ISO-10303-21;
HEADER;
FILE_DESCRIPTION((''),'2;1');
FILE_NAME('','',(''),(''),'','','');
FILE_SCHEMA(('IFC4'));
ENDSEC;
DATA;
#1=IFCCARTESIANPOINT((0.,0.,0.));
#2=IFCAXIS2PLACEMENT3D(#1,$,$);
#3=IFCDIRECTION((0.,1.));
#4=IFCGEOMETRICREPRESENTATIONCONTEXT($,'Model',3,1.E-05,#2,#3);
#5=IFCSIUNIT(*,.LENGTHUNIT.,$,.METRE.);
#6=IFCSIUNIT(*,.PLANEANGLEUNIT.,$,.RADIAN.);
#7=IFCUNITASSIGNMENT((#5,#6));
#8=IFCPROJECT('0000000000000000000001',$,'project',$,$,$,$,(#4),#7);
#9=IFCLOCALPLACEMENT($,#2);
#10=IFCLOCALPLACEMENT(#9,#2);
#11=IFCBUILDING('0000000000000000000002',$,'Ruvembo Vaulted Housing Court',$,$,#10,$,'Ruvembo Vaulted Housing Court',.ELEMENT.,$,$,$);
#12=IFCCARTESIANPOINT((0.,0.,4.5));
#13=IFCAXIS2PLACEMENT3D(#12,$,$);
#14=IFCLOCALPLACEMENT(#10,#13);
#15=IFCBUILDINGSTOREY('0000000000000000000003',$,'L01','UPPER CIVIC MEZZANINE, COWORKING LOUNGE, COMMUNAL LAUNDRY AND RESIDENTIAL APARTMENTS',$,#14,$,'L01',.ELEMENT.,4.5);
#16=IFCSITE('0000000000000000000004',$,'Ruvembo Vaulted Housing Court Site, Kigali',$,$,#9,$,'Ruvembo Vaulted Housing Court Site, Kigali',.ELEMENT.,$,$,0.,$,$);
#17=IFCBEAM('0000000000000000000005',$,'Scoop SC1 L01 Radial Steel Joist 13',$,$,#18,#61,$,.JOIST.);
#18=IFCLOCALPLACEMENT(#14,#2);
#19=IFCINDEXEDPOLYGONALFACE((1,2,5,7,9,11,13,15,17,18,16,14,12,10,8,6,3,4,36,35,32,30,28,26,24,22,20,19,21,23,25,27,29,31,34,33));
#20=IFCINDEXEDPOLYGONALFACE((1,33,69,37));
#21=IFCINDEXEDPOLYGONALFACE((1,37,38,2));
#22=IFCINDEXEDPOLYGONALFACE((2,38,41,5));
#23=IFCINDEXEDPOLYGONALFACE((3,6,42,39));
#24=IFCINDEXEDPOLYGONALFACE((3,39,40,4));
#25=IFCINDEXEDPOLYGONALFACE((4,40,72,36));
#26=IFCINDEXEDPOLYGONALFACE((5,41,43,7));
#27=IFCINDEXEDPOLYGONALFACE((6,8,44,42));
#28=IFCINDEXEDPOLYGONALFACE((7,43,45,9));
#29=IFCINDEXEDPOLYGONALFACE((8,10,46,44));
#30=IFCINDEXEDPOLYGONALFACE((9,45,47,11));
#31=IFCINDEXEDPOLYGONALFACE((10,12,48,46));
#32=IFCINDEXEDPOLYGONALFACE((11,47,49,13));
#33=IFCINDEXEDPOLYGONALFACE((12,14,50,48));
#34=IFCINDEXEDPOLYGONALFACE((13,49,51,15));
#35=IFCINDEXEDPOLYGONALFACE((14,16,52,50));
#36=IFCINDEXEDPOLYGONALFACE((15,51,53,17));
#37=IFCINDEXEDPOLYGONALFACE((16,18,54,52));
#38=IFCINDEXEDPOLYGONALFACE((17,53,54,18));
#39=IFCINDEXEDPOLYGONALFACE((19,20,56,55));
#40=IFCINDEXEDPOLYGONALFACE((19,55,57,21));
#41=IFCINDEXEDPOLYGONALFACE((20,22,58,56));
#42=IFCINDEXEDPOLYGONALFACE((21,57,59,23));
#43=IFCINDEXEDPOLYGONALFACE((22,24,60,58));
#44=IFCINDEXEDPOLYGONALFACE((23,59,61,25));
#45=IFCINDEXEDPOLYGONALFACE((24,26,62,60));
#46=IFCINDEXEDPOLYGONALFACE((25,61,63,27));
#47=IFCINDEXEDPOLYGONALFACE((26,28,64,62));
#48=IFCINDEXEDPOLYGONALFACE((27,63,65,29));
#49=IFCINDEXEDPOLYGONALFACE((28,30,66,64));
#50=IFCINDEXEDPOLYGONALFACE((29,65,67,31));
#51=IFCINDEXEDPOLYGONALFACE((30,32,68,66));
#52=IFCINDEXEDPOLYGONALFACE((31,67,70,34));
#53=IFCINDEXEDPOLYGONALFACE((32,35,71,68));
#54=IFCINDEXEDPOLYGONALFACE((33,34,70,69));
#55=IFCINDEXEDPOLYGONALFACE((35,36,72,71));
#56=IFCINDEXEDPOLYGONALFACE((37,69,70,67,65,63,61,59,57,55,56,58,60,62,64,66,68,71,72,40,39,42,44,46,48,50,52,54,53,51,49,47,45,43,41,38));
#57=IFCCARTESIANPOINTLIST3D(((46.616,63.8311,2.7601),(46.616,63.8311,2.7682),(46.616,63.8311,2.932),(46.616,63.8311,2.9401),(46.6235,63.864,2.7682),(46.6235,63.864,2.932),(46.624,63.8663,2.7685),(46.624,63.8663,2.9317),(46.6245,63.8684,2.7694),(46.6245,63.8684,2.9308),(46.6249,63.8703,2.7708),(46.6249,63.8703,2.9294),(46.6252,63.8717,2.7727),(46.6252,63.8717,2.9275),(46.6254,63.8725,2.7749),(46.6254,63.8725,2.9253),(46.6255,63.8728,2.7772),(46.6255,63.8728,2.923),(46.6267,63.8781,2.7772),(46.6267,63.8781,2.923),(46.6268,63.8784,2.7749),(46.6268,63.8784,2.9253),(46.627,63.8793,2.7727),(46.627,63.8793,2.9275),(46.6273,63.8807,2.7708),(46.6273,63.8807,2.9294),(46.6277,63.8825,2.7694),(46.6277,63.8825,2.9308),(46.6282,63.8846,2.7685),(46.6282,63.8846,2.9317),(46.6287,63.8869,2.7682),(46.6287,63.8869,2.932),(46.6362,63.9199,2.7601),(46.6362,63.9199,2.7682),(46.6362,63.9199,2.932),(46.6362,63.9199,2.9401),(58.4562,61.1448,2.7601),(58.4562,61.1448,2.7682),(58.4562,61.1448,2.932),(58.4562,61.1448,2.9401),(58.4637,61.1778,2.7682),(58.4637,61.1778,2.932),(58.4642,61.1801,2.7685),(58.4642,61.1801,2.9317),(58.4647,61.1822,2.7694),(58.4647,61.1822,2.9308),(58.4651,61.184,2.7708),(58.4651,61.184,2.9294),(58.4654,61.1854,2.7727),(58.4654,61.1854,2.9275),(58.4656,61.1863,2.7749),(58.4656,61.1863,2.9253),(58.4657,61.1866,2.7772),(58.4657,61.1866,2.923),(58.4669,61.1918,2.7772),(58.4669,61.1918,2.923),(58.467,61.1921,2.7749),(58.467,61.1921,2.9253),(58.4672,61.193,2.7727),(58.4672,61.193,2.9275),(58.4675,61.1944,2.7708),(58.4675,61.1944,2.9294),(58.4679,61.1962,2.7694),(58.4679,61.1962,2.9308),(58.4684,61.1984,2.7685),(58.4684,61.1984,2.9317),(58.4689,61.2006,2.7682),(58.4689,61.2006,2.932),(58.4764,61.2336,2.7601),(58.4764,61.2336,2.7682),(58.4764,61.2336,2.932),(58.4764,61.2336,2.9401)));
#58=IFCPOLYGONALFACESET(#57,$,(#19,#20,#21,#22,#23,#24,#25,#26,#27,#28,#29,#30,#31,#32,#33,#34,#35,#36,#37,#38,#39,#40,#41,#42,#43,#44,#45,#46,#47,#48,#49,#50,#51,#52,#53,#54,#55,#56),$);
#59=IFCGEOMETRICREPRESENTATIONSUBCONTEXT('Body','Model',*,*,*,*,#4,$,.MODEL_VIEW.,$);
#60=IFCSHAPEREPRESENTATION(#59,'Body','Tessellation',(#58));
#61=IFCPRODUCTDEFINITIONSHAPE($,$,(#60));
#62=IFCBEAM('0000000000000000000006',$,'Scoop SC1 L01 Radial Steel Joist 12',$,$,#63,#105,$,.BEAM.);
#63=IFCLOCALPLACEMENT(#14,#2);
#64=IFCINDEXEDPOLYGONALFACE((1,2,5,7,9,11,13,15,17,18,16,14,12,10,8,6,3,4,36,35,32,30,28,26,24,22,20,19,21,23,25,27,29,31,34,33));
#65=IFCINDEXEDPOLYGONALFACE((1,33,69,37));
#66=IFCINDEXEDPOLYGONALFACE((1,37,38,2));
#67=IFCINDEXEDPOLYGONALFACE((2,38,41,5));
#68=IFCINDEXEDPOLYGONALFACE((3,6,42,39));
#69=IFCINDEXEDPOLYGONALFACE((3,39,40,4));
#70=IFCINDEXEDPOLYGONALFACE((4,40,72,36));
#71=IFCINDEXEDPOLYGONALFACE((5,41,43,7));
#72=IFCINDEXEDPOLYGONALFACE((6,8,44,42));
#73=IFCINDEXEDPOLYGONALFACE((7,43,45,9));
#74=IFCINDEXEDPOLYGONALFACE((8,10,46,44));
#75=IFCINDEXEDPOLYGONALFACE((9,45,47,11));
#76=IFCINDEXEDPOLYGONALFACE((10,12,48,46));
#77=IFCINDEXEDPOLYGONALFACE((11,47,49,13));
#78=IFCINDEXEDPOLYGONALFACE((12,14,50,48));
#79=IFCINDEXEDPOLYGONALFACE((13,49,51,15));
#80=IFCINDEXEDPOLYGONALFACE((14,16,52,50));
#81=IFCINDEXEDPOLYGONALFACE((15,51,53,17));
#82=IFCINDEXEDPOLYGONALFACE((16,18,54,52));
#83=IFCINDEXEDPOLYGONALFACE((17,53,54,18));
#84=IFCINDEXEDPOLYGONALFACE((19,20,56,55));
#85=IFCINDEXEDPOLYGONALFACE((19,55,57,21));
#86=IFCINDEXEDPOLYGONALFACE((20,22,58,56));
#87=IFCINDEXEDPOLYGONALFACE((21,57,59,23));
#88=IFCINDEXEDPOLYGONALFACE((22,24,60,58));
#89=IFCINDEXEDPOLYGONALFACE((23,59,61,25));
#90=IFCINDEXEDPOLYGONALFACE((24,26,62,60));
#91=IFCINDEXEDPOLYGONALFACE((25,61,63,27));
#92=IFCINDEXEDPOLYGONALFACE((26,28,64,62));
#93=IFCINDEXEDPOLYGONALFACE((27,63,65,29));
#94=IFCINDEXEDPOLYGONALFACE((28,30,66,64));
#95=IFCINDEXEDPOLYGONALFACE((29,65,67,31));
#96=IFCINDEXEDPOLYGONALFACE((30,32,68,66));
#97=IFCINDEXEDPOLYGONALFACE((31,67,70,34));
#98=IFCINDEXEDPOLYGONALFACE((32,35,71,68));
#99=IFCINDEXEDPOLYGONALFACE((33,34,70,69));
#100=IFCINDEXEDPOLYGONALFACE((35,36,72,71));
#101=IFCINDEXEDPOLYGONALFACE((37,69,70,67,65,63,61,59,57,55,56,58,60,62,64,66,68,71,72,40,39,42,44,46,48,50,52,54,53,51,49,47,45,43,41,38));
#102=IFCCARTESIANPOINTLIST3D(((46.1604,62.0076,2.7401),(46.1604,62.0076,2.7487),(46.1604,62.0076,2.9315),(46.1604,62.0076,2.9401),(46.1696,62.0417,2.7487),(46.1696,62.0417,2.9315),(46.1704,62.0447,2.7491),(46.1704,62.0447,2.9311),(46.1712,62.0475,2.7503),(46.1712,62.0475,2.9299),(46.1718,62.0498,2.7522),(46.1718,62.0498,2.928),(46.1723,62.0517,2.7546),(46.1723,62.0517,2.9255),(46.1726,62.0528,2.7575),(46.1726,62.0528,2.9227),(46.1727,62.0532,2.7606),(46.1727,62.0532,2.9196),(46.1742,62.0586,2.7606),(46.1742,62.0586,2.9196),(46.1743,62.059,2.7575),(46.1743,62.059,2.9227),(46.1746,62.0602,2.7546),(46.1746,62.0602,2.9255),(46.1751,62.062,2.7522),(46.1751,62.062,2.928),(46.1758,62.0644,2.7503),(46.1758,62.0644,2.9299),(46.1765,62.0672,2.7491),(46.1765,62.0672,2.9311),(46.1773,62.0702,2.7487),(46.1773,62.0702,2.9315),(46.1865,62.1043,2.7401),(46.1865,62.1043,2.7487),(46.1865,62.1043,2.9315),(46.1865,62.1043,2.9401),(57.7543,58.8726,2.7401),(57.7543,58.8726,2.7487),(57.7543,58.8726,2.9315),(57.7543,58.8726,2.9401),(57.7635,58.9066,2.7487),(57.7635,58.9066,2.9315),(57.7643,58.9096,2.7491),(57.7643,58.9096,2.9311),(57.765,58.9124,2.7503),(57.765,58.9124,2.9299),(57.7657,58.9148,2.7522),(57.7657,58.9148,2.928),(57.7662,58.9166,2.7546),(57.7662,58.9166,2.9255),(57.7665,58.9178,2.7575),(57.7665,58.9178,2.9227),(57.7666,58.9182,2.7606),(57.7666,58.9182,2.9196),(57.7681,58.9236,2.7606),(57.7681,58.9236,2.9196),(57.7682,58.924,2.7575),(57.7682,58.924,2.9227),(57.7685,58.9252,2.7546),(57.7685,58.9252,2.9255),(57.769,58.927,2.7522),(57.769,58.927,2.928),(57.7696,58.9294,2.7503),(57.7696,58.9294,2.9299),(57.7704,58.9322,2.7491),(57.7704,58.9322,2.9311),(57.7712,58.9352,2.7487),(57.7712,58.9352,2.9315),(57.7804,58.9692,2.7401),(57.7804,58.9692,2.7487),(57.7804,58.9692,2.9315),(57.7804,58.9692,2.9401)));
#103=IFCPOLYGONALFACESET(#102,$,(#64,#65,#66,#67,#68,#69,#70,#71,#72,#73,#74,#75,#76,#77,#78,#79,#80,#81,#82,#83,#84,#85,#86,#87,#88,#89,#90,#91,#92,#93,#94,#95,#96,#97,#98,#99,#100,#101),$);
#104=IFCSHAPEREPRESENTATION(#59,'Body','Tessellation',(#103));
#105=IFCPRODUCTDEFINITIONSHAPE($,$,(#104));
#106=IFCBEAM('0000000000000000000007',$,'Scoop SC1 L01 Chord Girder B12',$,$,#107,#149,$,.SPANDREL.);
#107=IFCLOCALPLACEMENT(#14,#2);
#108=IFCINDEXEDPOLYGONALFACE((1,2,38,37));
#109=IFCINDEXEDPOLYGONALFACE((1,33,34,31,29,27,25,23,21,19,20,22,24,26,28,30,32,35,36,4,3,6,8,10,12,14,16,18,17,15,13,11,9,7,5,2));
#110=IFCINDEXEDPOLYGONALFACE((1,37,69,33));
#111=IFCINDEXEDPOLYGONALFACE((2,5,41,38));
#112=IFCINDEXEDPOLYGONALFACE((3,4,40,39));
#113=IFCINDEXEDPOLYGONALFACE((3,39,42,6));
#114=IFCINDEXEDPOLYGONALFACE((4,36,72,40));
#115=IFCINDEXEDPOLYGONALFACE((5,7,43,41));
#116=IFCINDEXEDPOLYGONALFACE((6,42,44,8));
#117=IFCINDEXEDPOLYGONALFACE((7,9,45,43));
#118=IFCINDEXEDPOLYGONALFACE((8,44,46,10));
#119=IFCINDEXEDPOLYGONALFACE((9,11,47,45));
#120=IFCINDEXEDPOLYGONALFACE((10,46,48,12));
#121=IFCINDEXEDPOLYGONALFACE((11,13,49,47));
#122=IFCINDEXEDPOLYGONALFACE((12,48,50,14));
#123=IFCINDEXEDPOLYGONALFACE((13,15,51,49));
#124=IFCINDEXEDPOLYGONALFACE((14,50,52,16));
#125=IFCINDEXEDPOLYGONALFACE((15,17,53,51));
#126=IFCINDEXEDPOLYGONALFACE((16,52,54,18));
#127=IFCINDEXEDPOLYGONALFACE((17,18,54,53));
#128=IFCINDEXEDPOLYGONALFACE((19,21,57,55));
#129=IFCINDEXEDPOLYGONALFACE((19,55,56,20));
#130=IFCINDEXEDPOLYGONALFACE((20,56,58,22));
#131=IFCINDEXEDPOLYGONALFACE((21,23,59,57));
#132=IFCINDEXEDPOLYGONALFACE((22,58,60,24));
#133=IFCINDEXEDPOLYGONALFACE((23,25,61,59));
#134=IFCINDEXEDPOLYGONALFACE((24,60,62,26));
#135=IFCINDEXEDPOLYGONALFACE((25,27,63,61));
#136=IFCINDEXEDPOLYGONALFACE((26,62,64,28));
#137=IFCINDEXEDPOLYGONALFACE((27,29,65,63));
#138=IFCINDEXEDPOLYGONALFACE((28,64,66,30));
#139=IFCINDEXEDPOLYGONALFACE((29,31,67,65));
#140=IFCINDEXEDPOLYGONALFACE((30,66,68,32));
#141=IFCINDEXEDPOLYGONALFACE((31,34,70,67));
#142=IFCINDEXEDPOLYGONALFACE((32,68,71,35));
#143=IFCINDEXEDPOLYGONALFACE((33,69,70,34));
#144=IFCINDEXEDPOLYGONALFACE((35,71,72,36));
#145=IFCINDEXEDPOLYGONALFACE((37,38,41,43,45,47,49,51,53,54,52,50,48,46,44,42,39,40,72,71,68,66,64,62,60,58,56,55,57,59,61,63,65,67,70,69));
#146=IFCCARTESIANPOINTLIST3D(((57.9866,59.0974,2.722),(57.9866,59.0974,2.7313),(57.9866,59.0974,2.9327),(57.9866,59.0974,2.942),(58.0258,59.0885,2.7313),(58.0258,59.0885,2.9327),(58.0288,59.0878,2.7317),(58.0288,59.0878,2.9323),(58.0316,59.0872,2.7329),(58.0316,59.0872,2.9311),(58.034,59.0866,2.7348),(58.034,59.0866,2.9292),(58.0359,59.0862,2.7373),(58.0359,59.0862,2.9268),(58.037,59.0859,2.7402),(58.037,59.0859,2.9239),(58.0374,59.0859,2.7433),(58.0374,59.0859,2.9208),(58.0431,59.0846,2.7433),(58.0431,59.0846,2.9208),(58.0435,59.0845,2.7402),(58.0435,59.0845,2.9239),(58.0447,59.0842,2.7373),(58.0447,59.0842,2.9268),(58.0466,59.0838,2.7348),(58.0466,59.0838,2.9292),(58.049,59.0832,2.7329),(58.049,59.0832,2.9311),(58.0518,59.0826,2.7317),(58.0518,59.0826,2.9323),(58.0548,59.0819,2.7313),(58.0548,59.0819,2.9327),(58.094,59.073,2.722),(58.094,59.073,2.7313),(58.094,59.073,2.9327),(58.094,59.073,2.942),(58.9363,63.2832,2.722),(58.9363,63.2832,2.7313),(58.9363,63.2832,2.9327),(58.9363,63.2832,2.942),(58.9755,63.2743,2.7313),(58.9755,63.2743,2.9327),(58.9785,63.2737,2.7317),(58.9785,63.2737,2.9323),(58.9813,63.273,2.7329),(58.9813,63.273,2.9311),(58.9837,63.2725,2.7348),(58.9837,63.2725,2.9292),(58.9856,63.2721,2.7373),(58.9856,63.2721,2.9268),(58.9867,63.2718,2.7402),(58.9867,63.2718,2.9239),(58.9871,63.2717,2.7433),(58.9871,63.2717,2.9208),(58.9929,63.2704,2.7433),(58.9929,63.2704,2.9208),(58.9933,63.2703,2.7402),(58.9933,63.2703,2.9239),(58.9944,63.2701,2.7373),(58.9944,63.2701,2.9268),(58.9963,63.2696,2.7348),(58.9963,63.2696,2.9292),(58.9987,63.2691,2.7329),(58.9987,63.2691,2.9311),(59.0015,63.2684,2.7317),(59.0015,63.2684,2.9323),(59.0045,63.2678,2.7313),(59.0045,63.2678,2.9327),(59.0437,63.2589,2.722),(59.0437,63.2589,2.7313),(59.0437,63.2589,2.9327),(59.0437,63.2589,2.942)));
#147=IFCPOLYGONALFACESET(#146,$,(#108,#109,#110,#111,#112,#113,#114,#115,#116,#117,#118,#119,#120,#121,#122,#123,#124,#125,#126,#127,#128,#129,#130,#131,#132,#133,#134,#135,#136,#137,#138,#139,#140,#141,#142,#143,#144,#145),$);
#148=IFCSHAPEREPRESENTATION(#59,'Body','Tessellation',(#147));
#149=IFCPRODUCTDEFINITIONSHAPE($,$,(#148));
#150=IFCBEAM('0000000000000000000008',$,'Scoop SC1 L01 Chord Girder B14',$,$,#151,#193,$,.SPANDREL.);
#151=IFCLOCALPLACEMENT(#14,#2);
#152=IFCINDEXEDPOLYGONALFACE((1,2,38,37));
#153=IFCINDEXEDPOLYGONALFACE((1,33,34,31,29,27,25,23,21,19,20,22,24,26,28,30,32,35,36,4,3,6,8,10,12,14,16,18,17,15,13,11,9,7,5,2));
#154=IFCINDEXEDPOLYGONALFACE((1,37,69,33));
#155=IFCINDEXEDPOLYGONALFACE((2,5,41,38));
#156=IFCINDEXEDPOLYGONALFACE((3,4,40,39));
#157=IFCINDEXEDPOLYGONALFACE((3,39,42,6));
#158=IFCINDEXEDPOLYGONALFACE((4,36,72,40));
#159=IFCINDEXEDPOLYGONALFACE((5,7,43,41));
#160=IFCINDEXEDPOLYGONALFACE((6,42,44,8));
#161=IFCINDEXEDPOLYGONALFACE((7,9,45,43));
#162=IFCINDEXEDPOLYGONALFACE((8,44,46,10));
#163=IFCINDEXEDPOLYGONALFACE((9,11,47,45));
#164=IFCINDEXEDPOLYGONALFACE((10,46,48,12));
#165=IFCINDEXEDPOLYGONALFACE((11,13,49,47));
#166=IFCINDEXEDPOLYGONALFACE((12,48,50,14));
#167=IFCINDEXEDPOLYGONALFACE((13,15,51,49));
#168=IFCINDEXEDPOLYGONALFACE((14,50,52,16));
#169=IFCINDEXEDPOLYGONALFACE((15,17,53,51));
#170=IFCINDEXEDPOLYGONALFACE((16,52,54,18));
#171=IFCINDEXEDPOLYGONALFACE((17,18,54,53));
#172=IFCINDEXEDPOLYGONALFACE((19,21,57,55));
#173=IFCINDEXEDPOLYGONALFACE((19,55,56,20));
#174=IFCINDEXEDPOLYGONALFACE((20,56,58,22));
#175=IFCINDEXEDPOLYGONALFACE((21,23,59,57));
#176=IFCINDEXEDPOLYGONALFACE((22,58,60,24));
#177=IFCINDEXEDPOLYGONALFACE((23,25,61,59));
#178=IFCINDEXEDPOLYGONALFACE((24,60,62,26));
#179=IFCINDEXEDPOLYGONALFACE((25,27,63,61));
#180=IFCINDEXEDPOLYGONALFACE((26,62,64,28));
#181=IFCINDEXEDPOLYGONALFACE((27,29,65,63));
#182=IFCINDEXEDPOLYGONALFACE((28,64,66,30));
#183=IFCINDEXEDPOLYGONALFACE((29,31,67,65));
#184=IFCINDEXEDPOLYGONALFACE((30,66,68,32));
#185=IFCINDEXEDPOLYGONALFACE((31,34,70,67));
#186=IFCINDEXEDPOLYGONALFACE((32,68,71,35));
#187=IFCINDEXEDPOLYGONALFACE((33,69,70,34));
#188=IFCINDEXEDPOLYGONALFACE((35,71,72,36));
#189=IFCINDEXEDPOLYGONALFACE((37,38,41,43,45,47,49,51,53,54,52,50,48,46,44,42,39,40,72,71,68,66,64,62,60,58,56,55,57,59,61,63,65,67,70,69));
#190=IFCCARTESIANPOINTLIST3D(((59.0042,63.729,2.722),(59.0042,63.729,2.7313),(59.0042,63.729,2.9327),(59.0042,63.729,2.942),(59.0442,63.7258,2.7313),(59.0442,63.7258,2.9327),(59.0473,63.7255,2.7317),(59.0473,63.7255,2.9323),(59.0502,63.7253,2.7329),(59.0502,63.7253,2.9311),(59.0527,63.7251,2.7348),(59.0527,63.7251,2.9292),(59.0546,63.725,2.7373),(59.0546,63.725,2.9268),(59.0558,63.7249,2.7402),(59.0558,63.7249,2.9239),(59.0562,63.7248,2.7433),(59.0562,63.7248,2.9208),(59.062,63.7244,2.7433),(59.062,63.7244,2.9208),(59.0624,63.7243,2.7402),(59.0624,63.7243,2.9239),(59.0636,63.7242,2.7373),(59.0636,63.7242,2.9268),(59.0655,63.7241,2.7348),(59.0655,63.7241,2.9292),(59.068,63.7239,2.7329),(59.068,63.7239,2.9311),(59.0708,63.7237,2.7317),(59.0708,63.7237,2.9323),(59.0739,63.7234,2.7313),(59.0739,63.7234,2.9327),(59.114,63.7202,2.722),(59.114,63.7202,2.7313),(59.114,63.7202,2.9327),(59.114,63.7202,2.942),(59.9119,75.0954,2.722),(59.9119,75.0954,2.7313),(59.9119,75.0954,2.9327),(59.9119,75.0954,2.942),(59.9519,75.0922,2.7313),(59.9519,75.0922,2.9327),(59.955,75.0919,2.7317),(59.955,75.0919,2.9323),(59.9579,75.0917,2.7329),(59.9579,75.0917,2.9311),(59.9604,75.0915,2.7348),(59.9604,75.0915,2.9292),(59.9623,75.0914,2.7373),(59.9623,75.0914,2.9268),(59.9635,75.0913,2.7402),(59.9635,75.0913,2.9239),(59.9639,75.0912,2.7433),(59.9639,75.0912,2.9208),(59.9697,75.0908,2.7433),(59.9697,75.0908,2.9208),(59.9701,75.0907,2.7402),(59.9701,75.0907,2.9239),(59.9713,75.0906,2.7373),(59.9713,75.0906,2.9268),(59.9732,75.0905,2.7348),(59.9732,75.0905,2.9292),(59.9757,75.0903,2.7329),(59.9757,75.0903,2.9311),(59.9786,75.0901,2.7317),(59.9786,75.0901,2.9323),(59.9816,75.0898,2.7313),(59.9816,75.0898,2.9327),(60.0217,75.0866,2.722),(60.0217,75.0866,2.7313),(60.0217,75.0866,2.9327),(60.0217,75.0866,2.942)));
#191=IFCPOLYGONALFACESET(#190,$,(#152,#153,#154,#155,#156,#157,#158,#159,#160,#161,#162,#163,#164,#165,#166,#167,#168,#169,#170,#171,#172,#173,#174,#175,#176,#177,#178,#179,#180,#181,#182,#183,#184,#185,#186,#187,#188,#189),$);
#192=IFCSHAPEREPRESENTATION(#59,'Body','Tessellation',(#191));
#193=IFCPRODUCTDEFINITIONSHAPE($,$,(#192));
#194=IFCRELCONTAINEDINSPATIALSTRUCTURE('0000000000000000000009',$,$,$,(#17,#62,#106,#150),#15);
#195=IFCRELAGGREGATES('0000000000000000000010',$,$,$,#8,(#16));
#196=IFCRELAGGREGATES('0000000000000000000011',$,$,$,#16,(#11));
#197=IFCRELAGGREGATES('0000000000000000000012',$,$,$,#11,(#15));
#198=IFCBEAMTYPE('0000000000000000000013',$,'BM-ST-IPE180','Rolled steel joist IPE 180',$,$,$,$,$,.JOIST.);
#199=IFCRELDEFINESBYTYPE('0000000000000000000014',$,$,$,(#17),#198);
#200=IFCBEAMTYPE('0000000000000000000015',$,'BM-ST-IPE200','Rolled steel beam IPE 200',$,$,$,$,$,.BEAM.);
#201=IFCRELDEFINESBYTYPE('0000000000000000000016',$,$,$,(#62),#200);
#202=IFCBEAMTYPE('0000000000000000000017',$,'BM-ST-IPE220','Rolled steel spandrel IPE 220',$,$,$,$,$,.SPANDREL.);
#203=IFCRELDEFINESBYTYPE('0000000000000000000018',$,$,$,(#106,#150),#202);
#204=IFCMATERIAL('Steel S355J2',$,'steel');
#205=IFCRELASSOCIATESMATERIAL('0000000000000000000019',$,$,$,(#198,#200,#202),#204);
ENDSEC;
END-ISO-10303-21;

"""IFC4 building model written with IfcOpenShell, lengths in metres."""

from ifc_helpers import new_model, si_unit, direction, frame, origin, origin_2d, place, context, subcontext, project, spatial, i_section, extrude, material, material_profile, profile_set, type_object, element, save


model = new_model("IFC4")

# Units and contexts
model_context = context("Model", 3, precision=1e-05, world=origin(), true_north=direction((0.0, 1.0)))
body_context = subcontext(model_context, "Body", "Model", "MODEL_VIEW")
ifc_project = project(units=[si_unit("LENGTHUNIT", "METRE"), si_unit("PLANEANGLEUNIT", "RADIAN")], contexts=[model_context])

# Site, building, storey
site_placement = place(None, origin())
site = spatial("IfcSite", under=ifc_project, at=site_placement, Name="Ruvembo Vaulted Housing Court Site, Kigali", LongName="Ruvembo Vaulted Housing Court Site, Kigali", CompositionType="ELEMENT", RefElevation=0.0)
building_placement = place(site_placement, origin())
building = spatial("IfcBuilding", under=site, at=building_placement, Name="Ruvembo Vaulted Housing Court", LongName="Ruvembo Vaulted Housing Court", CompositionType="ELEMENT")
storey_placement = place(building_placement, frame((0.0, 0.0, 4.5)))
storey = spatial("IfcBuildingStorey", under=building, at=storey_placement, Name="L01", Description="UPPER CIVIC MEZZANINE, COWORKING LOUNGE, COMMUNAL LAUNDRY AND RESIDENTIAL APARTMENTS", LongName="L01", CompositionType="ELEMENT", Elevation=4.5)

# Beams
ifc_material_1 = material(Name="Steel S355J2", Category="steel")
ifc_material_profile_1 = material_profile(ifc_material_1, i_section(OverallWidth=0.0911, OverallDepth=0.1799, WebThickness=0.0054, FlangeThickness=0.0081, FilletRadius=0.009, at=origin_2d()), Name="IPE 180")
ifc_profile_set_1 = profile_set([ifc_material_profile_1], Name="Steel S355J2")
beam_type_1 = type_object("IfcBeamType", Name="BM-ST-IPE180", Description="Rolled steel joist IPE 180", PredefinedType="JOIST", material=ifc_profile_set_1)
beam_1_placement = place(storey_placement, frame((58.4663, 61.1892, 2.8501), z_axis=(-0.975217, 0.221253, 0.0), x_axis=(-0.221253, -0.975217, 0.0)))
element("IfcBeam", 1, at=beam_1_placement, inside=storey, type_object=beam_type_1, Name="Scoop SC1 L01 Radial Steel Joist 13", PredefinedType="JOIST", context=body_context, shape_type="SweptSolid", body=[
    extrude(i_section(OverallWidth=0.0911, OverallDepth=0.1799, WebThickness=0.0054, FlangeThickness=0.0081, FilletRadius=0.009, at=origin_2d()), origin(), (0.0, 0.0, 1.0), 12.1411),
])
ifc_material_profile_2 = material_profile(ifc_material_1, i_section(OverallWidth=0.1001, OverallDepth=0.2, WebThickness=0.0056, FlangeThickness=0.0085, FilletRadius=0.012, at=origin_2d()), Name="IPE 200")
ifc_profile_set_2 = profile_set([ifc_material_profile_2], Name="Steel S355J2")
beam_type_2 = type_object("IfcBeamType", Name="BM-ST-IPE200", Description="Rolled steel beam IPE 200", PredefinedType="BEAM", material=ifc_profile_set_2)
beam_2_placement = place(storey_placement, frame((57.7673, 58.9209, 2.8401), z_axis=(-0.965331, 0.26103, 0.0), x_axis=(-0.26103, -0.965331, 0.0)))
element("IfcBeam", 2, at=beam_2_placement, inside=storey, type_object=beam_type_2, Name="Scoop SC1 L01 Radial Steel Joist 12", PredefinedType="BEAM", context=body_context, shape_type="SweptSolid", body=[
    extrude(i_section(OverallWidth=0.1001, OverallDepth=0.2, WebThickness=0.0056, FlangeThickness=0.0085, FilletRadius=0.012, at=origin_2d()), origin(), (0.0, 0.0, 1.0), 12.0103),
])
ifc_material_profile_3 = material_profile(ifc_material_1, i_section(OverallWidth=0.1101, OverallDepth=0.22, WebThickness=0.0059, FlangeThickness=0.0093, FilletRadius=0.012, at=origin_2d()), Name="IPE 220")
ifc_profile_set_3 = profile_set([ifc_material_profile_3], Name="Steel S355J2")
beam_type_3 = type_object("IfcBeamType", Name="BM-ST-IPE220", Description="Rolled steel spandrel IPE 220", PredefinedType="SPANDREL", material=ifc_profile_set_3)
beam_3_placement = place(storey_placement, frame((58.0403, 59.0852, 2.832), z_axis=(0.221265, 0.975214, 0.0), x_axis=(-0.975214, 0.221265, 0.0)))
element("IfcBeam", 3, at=beam_3_placement, inside=storey, type_object=beam_type_3, Name="Scoop SC1 L01 Chord Girder B12", PredefinedType="SPANDREL", context=body_context, shape_type="SweptSolid", body=[
    extrude(i_section(OverallWidth=0.1101, OverallDepth=0.22, WebThickness=0.0059, FlangeThickness=0.0093, FilletRadius=0.012, at=origin_2d()), origin(), (0.0, 0.0, 1.0), 4.2922),
])
beam_4_placement = place(storey_placement, frame((59.0591, 63.7246, 2.832), z_axis=(0.079606, 0.996826, 0.0), x_axis=(-0.996826, 0.079606, 0.0)))
element("IfcBeam", 4, at=beam_4_placement, inside=storey, type_object=beam_type_3, Name="Scoop SC1 L01 Chord Girder B14", PredefinedType="SPANDREL", context=body_context, shape_type="SweptSolid", body=[
    extrude(i_section(OverallWidth=0.1101, OverallDepth=0.22, WebThickness=0.0059, FlangeThickness=0.0093, FilletRadius=0.012, at=origin_2d()), origin(), (0.0, 0.0, 1.0), 11.4026),
])

save(model, "model.ifc")
